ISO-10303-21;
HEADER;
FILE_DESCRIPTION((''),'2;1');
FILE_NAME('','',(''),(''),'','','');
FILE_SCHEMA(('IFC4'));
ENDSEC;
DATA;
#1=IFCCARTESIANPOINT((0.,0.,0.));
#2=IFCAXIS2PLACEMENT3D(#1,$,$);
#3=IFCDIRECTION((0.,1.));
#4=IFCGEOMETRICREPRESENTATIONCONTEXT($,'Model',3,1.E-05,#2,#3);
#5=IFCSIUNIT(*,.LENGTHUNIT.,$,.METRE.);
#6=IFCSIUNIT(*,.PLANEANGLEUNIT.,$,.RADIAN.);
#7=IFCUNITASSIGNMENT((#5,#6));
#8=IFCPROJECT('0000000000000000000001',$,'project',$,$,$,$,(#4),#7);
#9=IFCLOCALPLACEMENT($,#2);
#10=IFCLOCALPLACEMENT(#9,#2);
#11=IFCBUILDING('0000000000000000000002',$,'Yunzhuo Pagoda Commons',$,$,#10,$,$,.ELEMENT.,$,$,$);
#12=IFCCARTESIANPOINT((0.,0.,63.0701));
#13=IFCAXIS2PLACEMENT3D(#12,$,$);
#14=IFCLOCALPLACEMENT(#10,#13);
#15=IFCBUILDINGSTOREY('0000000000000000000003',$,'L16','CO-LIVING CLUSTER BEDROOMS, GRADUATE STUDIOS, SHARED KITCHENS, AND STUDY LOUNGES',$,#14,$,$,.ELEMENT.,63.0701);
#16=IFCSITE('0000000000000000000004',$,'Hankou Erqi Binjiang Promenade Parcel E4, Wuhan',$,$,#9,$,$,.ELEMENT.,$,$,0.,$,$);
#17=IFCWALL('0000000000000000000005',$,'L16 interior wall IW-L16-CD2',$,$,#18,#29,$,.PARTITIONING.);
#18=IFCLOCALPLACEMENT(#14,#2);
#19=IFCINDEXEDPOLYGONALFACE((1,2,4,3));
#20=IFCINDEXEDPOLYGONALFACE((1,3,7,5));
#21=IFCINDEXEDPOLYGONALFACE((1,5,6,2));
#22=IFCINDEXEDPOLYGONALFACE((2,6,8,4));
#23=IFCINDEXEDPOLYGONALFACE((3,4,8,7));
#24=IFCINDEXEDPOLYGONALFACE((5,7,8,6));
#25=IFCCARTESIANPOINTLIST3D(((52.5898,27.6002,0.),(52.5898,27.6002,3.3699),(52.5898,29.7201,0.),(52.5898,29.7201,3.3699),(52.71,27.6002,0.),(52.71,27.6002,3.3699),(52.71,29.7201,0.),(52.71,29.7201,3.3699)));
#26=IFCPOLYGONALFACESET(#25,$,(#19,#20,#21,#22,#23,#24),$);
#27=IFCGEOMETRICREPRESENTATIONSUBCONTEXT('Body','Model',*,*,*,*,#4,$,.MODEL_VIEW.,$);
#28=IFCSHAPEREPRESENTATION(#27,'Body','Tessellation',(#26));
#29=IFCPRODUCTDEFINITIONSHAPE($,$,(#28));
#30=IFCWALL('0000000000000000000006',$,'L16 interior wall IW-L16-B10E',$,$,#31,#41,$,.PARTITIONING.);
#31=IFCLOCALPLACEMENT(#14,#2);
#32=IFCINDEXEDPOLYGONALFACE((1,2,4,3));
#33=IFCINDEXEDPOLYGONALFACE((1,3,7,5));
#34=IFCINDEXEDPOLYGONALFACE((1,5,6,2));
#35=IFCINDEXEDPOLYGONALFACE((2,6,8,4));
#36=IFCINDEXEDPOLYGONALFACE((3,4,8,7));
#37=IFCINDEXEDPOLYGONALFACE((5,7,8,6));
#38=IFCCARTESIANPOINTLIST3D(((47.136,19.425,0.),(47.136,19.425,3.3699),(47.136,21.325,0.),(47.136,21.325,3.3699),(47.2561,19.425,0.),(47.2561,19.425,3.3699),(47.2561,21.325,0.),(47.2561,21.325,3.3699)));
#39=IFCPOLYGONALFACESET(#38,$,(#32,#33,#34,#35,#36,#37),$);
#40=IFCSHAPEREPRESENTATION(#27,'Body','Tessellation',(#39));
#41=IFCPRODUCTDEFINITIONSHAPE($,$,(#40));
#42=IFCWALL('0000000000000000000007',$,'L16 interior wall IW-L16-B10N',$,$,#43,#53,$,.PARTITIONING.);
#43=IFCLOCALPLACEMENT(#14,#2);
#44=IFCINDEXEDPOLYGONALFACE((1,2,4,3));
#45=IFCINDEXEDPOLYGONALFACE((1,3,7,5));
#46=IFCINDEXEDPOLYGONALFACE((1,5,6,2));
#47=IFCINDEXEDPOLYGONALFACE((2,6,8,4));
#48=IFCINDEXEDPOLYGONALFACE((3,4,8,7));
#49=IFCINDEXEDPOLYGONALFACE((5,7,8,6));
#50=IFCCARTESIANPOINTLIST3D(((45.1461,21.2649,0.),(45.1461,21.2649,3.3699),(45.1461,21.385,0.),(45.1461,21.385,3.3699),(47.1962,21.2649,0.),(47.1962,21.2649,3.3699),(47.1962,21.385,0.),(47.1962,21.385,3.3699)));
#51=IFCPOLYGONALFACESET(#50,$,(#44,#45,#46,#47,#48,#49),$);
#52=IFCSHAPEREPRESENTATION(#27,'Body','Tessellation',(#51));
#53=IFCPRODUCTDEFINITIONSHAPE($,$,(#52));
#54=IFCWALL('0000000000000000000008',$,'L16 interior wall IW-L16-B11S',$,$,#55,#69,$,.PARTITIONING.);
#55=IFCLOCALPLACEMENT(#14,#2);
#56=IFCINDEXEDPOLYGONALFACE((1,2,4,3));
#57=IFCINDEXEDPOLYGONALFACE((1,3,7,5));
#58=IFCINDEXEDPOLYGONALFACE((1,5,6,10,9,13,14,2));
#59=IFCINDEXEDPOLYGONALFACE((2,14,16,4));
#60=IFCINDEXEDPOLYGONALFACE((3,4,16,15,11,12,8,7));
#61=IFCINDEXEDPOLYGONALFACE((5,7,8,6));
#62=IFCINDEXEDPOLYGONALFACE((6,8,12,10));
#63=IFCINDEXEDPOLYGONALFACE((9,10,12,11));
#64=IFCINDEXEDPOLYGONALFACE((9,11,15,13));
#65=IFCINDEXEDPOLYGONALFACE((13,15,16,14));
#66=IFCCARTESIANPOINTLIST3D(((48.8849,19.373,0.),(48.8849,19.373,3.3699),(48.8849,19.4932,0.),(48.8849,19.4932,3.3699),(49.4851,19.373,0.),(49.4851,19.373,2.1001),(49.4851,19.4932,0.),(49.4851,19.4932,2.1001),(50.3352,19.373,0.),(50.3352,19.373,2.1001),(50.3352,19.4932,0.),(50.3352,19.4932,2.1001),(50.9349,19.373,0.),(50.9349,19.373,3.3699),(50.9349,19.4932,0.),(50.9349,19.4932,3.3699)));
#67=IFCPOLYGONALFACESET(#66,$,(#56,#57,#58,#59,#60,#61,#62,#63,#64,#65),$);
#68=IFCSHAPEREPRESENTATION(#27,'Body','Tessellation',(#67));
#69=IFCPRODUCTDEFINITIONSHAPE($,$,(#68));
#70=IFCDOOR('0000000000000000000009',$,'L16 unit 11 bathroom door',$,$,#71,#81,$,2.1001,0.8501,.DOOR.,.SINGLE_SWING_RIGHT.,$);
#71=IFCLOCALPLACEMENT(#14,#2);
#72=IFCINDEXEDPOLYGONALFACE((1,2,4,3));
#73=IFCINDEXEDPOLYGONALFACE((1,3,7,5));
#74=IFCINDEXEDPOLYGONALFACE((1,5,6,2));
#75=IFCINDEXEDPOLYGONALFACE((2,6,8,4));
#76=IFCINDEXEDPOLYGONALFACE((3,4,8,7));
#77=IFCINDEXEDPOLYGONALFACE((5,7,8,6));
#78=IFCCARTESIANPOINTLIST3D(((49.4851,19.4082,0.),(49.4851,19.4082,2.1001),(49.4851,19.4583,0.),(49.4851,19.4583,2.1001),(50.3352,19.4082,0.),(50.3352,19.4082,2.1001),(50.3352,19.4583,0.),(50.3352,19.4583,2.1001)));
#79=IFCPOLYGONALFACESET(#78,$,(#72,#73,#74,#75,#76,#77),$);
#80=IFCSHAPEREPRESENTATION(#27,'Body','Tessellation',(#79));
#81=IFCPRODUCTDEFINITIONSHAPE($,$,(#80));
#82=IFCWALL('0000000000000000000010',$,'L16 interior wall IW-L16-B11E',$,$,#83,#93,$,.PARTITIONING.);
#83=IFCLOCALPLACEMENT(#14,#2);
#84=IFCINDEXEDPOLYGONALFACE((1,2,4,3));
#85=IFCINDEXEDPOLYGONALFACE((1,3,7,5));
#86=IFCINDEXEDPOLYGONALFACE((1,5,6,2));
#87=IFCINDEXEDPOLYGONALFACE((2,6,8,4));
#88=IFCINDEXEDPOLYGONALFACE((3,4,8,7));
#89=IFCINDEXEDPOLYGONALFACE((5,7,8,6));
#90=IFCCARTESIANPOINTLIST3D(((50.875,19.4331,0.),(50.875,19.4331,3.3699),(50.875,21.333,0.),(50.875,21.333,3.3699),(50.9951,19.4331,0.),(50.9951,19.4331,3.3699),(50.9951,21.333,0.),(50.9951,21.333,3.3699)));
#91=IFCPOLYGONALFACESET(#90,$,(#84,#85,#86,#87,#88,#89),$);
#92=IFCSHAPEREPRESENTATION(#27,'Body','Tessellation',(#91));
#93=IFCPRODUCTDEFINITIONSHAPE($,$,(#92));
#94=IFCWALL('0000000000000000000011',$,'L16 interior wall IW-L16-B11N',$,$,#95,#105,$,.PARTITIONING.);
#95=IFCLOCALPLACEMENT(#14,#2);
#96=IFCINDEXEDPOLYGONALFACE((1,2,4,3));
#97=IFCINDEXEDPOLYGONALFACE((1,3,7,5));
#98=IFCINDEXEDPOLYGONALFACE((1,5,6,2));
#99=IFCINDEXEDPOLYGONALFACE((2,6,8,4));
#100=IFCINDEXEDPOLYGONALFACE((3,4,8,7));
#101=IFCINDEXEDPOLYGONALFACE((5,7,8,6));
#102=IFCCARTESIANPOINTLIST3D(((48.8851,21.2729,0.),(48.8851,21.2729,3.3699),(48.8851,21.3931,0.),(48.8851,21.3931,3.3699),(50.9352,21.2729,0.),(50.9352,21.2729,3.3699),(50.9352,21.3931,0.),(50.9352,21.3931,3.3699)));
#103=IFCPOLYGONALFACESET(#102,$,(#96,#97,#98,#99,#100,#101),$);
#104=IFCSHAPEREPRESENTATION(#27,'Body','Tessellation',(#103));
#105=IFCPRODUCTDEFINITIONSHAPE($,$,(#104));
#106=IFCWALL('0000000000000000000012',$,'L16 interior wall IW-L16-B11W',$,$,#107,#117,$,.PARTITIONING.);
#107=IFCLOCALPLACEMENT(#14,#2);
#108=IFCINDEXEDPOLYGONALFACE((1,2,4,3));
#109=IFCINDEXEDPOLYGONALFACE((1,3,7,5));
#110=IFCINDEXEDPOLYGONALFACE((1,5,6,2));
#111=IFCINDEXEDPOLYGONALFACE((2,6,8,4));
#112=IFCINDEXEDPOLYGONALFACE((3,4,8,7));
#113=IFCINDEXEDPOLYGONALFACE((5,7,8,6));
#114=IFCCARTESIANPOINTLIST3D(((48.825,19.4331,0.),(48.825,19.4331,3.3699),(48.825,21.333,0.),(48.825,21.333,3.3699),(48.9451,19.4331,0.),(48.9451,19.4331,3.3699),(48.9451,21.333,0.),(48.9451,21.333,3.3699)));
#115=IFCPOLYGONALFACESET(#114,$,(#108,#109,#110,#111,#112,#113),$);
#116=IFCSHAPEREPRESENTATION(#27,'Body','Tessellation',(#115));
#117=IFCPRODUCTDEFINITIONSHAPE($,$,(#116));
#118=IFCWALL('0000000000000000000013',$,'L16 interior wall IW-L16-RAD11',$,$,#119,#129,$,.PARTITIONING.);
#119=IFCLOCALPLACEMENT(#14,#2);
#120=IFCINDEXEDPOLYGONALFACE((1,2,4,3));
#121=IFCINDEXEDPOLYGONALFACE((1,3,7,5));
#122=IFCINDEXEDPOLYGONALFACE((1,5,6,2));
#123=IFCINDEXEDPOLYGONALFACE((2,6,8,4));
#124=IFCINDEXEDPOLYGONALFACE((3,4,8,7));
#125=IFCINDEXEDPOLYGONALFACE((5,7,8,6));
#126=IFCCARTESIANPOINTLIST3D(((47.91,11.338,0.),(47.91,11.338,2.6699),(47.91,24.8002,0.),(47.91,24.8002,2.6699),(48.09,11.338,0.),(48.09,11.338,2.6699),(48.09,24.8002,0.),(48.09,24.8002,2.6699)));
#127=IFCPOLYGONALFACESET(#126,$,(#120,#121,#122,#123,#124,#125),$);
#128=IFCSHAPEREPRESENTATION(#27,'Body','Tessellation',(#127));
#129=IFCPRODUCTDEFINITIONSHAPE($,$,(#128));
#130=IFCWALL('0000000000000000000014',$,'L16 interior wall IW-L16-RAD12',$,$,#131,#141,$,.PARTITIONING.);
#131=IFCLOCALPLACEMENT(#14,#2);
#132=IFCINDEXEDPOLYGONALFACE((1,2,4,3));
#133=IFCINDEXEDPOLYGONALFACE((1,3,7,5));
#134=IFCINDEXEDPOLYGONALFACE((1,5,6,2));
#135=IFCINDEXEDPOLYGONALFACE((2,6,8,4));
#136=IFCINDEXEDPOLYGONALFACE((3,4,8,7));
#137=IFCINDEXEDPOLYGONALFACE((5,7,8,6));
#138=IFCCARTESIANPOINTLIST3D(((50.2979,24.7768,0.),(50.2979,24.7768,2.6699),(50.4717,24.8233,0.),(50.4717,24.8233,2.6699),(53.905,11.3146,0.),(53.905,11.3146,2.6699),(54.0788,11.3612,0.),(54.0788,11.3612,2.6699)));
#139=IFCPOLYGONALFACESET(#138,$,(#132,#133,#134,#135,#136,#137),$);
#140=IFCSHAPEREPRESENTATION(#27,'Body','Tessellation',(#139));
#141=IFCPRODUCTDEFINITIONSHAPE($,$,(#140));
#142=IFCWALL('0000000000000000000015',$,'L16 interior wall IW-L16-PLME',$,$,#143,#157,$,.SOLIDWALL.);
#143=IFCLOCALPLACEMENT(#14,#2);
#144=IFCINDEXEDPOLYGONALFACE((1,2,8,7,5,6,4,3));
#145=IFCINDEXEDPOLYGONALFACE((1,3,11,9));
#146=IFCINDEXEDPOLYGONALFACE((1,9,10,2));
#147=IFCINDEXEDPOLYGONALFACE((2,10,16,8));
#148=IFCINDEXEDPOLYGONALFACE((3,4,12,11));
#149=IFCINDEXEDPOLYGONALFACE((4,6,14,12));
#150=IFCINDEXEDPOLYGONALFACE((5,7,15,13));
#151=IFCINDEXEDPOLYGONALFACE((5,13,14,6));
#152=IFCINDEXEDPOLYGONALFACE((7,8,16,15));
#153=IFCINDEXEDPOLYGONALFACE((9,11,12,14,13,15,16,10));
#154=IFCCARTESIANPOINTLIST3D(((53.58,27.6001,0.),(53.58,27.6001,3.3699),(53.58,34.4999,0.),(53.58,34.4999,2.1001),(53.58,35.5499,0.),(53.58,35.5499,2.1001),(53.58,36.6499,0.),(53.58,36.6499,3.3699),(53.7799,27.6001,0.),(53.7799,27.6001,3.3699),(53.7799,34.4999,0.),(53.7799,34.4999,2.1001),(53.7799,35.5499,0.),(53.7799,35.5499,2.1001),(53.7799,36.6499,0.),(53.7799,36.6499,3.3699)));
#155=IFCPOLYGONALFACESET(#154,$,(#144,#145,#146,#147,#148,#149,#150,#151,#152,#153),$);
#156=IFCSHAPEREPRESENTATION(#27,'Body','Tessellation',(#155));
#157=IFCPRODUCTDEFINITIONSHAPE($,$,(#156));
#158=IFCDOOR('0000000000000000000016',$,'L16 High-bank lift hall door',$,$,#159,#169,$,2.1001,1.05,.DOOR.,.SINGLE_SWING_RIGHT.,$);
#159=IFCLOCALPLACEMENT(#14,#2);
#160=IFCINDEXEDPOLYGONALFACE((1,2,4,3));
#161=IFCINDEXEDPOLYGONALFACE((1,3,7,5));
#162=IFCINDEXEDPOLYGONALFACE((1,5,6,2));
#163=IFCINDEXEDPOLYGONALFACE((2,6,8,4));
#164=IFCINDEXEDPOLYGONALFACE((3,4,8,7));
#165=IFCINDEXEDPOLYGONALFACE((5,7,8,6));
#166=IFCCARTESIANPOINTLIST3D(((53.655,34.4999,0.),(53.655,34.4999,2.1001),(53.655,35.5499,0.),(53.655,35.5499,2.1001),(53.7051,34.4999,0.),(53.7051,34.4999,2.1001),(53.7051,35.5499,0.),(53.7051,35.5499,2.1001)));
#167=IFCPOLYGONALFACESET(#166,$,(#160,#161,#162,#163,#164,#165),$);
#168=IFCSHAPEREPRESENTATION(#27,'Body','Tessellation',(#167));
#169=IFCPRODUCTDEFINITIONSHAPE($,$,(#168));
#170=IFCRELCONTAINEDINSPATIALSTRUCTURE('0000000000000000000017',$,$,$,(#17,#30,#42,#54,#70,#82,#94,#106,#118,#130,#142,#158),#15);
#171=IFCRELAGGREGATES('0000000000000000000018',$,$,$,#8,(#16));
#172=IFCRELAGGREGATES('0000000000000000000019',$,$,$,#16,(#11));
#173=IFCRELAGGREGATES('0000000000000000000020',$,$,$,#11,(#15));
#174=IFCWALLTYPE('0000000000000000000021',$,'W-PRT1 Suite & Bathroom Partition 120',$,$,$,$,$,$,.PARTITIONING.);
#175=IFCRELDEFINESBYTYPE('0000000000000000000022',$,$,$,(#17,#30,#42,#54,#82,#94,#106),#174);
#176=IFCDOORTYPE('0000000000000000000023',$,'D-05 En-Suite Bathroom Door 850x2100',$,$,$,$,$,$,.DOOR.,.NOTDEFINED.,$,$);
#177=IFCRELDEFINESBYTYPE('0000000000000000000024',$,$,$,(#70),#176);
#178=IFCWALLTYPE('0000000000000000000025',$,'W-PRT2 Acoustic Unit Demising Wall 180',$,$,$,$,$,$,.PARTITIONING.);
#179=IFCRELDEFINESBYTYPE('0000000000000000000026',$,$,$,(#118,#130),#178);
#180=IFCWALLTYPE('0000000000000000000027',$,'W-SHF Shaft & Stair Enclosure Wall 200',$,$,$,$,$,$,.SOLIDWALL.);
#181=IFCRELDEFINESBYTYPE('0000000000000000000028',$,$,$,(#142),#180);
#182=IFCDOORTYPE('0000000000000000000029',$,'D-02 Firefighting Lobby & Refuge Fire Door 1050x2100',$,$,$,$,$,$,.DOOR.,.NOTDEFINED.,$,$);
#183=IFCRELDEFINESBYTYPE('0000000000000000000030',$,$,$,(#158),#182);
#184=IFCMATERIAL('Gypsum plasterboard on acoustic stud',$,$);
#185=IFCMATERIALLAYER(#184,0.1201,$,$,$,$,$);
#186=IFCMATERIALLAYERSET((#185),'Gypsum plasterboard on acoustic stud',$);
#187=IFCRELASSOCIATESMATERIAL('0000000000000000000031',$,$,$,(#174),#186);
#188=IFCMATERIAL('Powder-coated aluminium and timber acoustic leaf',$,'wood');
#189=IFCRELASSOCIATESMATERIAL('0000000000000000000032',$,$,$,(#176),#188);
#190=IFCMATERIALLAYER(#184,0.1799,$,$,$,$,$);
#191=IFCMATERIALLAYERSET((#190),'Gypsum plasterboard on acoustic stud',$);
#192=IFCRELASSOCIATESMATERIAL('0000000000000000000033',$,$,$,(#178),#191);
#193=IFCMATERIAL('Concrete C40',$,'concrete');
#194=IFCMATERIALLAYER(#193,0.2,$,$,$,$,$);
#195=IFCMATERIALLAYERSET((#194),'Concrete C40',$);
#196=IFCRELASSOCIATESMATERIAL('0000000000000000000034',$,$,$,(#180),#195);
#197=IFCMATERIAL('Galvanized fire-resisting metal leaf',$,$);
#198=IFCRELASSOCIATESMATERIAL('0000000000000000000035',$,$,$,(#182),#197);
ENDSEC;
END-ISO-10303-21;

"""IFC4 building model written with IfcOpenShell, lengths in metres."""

from ifc_helpers import new_model, si_unit, direction, frame, frame_2d, origin, origin_with_axes, place, context, subcontext, project, spatial, rectangle, extrude, source, transform, mapped, material, layer, layer_set, type_object, element, fill, save


model = new_model("IFC4")

# Units and contexts
model_context = context("Model", 3, precision=1e-05, world=origin(), true_north=direction((0.0, 1.0)))
body_context = subcontext(model_context, "Body", "Model", "MODEL_VIEW")
ifc_project = project(units=[si_unit("LENGTHUNIT", "METRE"), si_unit("PLANEANGLEUNIT", "RADIAN")], contexts=[model_context])

# Site, building, storey
site_placement = place(None, origin())
site = spatial("IfcSite", under=ifc_project, at=site_placement, Name="Hankou Erqi Binjiang Promenade Parcel E4, Wuhan", CompositionType="ELEMENT", RefElevation=0.0)
building_placement = place(site_placement, origin())
building = spatial("IfcBuilding", under=site, at=building_placement, Name="Yunzhuo Pagoda Commons", CompositionType="ELEMENT")
storey_placement = place(building_placement, frame((0.0, 0.0, 63.0701)))
storey = spatial("IfcBuildingStorey", under=building, at=storey_placement, Name="L16", Description="CO-LIVING CLUSTER BEDROOMS, GRADUATE STUDIOS, SHARED KITCHENS, AND STUDY LOUNGES", CompositionType="ELEMENT", Elevation=63.0701)

# Shared definitions
ifc_material_1 = material(Name="Gypsum plasterboard on acoustic stud")
ifc_material_2 = material(Name="Galvanized fire-resisting metal leaf")

# Walls
ifc_layer_1 = layer(ifc_material_1, 0.1201)
ifc_layer_set_1 = layer_set([ifc_layer_1], Name="Gypsum plasterboard on acoustic stud")
wall_type_1 = type_object("IfcWallType", Name="W-PRT1 Suite & Bathroom Partition 120", PredefinedType="PARTITIONING", material=ifc_layer_set_1)
wall_1_placement = place(storey_placement, frame((52.6499, 27.6001, 0.0), z_axis=(0.0, 0.0, 1.0), x_axis=(0.0, 1.0, 0.0)))
element("IfcWall", 1, at=wall_1_placement, inside=storey, type_object=wall_type_1, Name="L16 interior wall IW-L16-CD2", PredefinedType="PARTITIONING", context=body_context, shape_type="SweptSolid", body=[
    extrude(rectangle(XDim=2.1199, YDim=0.1201, at=frame_2d((1.0601, 0.0))), origin(), (0.0, 0.0, 1.0), 3.3699),
])
wall_2_placement = place(storey_placement, frame((47.196, 19.425, 0.0), z_axis=(0.0, 0.0, 1.0), x_axis=(0.0, 1.0, 0.0)))
element("IfcWall", 2, at=wall_2_placement, inside=storey, type_object=wall_type_1, Name="L16 interior wall IW-L16-B10E", PredefinedType="PARTITIONING", context=body_context, shape_type="SweptSolid", body=[
    extrude(rectangle(XDim=1.8999, YDim=0.1201, at=frame_2d((0.95, 0.0))), origin(), (0.0, 0.0, 1.0), 3.3699),
])
wall_3_placement = place(storey_placement, frame((47.196, 21.325, 0.0), z_axis=(0.0, 0.0, 1.0), x_axis=(-1.0, 0.0, 0.0)))
element("IfcWall", 3, at=wall_3_placement, inside=storey, type_object=wall_type_1, Name="L16 interior wall IW-L16-B10N", PredefinedType="PARTITIONING", context=body_context, shape_type="SweptSolid", body=[
    extrude(rectangle(XDim=2.05, YDim=0.1201, at=frame_2d((1.0249, 0.0))), origin(), (0.0, 0.0, 1.0), 3.3699),
])

# Wall, opening, door
wall_4_placement = place(storey_placement, frame((48.885, 19.4331, 0.0), z_axis=(0.0, 0.0, 1.0), x_axis=(1.0, 0.0, 0.0)))
wall_4 = element("IfcWall", 4, at=wall_4_placement, inside=storey, type_object=wall_type_1, Name="L16 interior wall IW-L16-B11S", PredefinedType="PARTITIONING", context=body_context, shape_type="SweptSolid", body=[
    extrude(rectangle(XDim=2.05, YDim=0.1201, at=frame_2d((1.0249, 0.0))), origin(), (0.0, 0.0, 1.0), 3.3699),
])
opening_1_placement = place(wall_4_placement, frame((0.6001, 0.0, 0.0)))
opening_1 = element("IfcOpeningElement", 5, at=opening_1_placement, cuts=wall_4, PredefinedType="OPENING", context=body_context, shape_type="SweptSolid", body=[
    extrude(rectangle(XDim=0.8501, YDim=2.1001, at=frame_2d((0.425, 1.05))), frame((0.0, 0.0701, 0.0), z_axis=(0.0, -1.0, 0.0), x_axis=(1.0, 0.0, 0.0)), (0.0, 0.0, 1.0), 0.1401),
])
ifc_material_3 = material(Name="Powder-coated aluminium and timber acoustic leaf", Category="wood")
door_type_1 = type_object("IfcDoorType", Name="D-05 En-Suite Bathroom Door 850x2100", OperationType="NOTDEFINED", PredefinedType="DOOR", material=ifc_material_3)
shared_shape_1 = source(origin(), body_context, "Body", "SweptSolid", [
    extrude(rectangle(XDim=0.8501, YDim=2.1001, at=frame_2d((0.425, 1.05))), frame((0.0, 0.0249, 0.0), z_axis=(0.0, -1.0, 0.0), x_axis=(1.0, 0.0, 0.0)), (0.0, 0.0, 1.0), 0.05),
])
door_1_placement = place(opening_1_placement, frame((0.8501, 0.0, 0.0), z_axis=(0.0, 0.0, 1.0), x_axis=(-1.0, 0.0, 0.0)))
door_1 = element("IfcDoor", 6, at=door_1_placement, inside=storey, type_object=door_type_1, Name="L16 unit 11 bathroom door", OperationType="SINGLE_SWING_RIGHT", OverallHeight=2.1001, OverallWidth=0.8501, PredefinedType="DOOR", context=body_context, shape_type="MappedRepresentation", body=[
    mapped(shared_shape_1, transform((0.0, 0.0, 0.0), scale=1.0)),
])
fill(opening_1, door_1)

# Walls
wall_5_placement = place(storey_placement, frame((50.9351, 19.4331, 0.0), z_axis=(0.0, 0.0, 1.0), x_axis=(0.0, 1.0, 0.0)))
element("IfcWall", 7, at=wall_5_placement, inside=storey, type_object=wall_type_1, Name="L16 interior wall IW-L16-B11E", PredefinedType="PARTITIONING", context=body_context, shape_type="SweptSolid", body=[
    extrude(rectangle(XDim=1.8999, YDim=0.1201, at=frame_2d((0.95, 0.0))), origin(), (0.0, 0.0, 1.0), 3.3699),
])
wall_6_placement = place(storey_placement, frame((50.9351, 21.333, 0.0), z_axis=(0.0, 0.0, 1.0), x_axis=(-1.0, 0.0, 0.0)))
element("IfcWall", 8, at=wall_6_placement, inside=storey, type_object=wall_type_1, Name="L16 interior wall IW-L16-B11N", PredefinedType="PARTITIONING", context=body_context, shape_type="SweptSolid", body=[
    extrude(rectangle(XDim=2.05, YDim=0.1201, at=frame_2d((1.0249, 0.0))), origin(), (0.0, 0.0, 1.0), 3.3699),
])
wall_7_placement = place(storey_placement, frame((48.885, 21.333, 0.0), z_axis=(0.0, 0.0, 1.0), x_axis=(0.0, -1.0, 0.0)))
element("IfcWall", 9, at=wall_7_placement, inside=storey, type_object=wall_type_1, Name="L16 interior wall IW-L16-B11W", PredefinedType="PARTITIONING", context=body_context, shape_type="SweptSolid", body=[
    extrude(rectangle(XDim=1.8999, YDim=0.1201, at=frame_2d((0.95, 0.0))), origin(), (0.0, 0.0, 1.0), 3.3699),
])
ifc_layer_2 = layer(ifc_material_1, 0.1799)
ifc_layer_set_2 = layer_set([ifc_layer_2], Name="Gypsum plasterboard on acoustic stud")
wall_type_2 = type_object("IfcWallType", Name="W-PRT2 Acoustic Unit Demising Wall 180", PredefinedType="PARTITIONING", material=ifc_layer_set_2)
wall_8_placement = place(storey_placement, frame((48.0, 24.8, 0.0), z_axis=(0.0, 0.0, 1.0), x_axis=(0.0, -1.0, 0.0)))
element("IfcWall", 10, at=wall_8_placement, inside=storey, type_object=wall_type_2, Name="L16 interior wall IW-L16-RAD11", PredefinedType="PARTITIONING", context=body_context, shape_type="SweptSolid", body=[
    extrude(rectangle(XDim=13.4622, YDim=0.1799, at=frame_2d((6.731, 0.0))), origin(), (0.0, 0.0, 1.0), 2.6699),
])
wall_9_placement = place(storey_placement, frame((50.3848, 24.8, 0.0), z_axis=(0.0, 0.0, 1.0), x_axis=(0.258819, -0.965926, 0.0)))
element("IfcWall", 11, at=wall_9_placement, inside=storey, type_object=wall_type_2, Name="L16 interior wall IW-L16-RAD12", PredefinedType="PARTITIONING", context=body_context, shape_type="SweptSolid", body=[
    extrude(rectangle(XDim=13.937, YDim=0.1799, at=frame_2d((6.9685, 0.0))), origin(), (0.0, 0.0, 1.0), 2.6699),
])

# Wall, opening, door
ifc_material_4 = material(Name="Concrete C40", Category="concrete")
ifc_layer_3 = layer(ifc_material_4, 0.2)
ifc_layer_set_3 = layer_set([ifc_layer_3], Name="Concrete C40")
wall_type_3 = type_object("IfcWallType", Name="W-SHF Shaft & Stair Enclosure Wall 200", PredefinedType="SOLIDWALL", material=ifc_layer_set_3)
wall_10_placement = place(storey_placement, frame((53.6799, 27.6001, 0.0), z_axis=(0.0, 0.0, 1.0), x_axis=(0.0, 1.0, 0.0)))
wall_10 = element("IfcWall", 12, at=wall_10_placement, inside=storey, type_object=wall_type_3, Name="L16 interior wall IW-L16-PLME", PredefinedType="SOLIDWALL", context=body_context, shape_type="SweptSolid", body=[
    extrude(rectangle(XDim=9.0498, YDim=0.2, at=frame_2d((4.5249, 0.0))), origin(), (0.0, 0.0, 1.0), 3.3699),
])
opening_2_placement = place(wall_10_placement, frame((6.8999, 0.0, 0.0)))
opening_2 = element("IfcOpeningElement", 13, at=opening_2_placement, cuts=wall_10, PredefinedType="OPENING", context=body_context, shape_type="SweptSolid", body=[
    extrude(rectangle(XDim=1.05, YDim=2.1001, at=frame_2d((0.5249, 1.05))), frame((0.0, 0.1099, 0.0), z_axis=(0.0, -1.0, 0.0), x_axis=(1.0, 0.0, 0.0)), (0.0, 0.0, 1.0), 0.22),
])
door_type_2 = type_object("IfcDoorType", Name="D-02 Firefighting Lobby & Refuge Fire Door 1050x2100", OperationType="NOTDEFINED", PredefinedType="DOOR", material=ifc_material_2)
shared_shape_2 = source(origin(), body_context, "Body", "SweptSolid", [
    extrude(rectangle(XDim=1.05, YDim=2.1001, at=frame_2d((0.5249, 1.05))), frame((0.0, 0.0249, 0.0), z_axis=(0.0, -1.0, 0.0), x_axis=(1.0, 0.0, 0.0)), (0.0, 0.0, 1.0), 0.05),
])
door_2_placement = place(opening_2_placement, origin_with_axes())
door_2 = element("IfcDoor", 14, at=door_2_placement, inside=storey, type_object=door_type_2, Name="L16 High-bank lift hall door", OperationType="SINGLE_SWING_RIGHT", OverallHeight=2.1001, OverallWidth=1.05, PredefinedType="DOOR", context=body_context, shape_type="MappedRepresentation", body=[
    mapped(shared_shape_2, transform((0.0, 0.0, 0.0), scale=1.0)),
])
fill(opening_2, door_2)

save(model, "model.ifc")
